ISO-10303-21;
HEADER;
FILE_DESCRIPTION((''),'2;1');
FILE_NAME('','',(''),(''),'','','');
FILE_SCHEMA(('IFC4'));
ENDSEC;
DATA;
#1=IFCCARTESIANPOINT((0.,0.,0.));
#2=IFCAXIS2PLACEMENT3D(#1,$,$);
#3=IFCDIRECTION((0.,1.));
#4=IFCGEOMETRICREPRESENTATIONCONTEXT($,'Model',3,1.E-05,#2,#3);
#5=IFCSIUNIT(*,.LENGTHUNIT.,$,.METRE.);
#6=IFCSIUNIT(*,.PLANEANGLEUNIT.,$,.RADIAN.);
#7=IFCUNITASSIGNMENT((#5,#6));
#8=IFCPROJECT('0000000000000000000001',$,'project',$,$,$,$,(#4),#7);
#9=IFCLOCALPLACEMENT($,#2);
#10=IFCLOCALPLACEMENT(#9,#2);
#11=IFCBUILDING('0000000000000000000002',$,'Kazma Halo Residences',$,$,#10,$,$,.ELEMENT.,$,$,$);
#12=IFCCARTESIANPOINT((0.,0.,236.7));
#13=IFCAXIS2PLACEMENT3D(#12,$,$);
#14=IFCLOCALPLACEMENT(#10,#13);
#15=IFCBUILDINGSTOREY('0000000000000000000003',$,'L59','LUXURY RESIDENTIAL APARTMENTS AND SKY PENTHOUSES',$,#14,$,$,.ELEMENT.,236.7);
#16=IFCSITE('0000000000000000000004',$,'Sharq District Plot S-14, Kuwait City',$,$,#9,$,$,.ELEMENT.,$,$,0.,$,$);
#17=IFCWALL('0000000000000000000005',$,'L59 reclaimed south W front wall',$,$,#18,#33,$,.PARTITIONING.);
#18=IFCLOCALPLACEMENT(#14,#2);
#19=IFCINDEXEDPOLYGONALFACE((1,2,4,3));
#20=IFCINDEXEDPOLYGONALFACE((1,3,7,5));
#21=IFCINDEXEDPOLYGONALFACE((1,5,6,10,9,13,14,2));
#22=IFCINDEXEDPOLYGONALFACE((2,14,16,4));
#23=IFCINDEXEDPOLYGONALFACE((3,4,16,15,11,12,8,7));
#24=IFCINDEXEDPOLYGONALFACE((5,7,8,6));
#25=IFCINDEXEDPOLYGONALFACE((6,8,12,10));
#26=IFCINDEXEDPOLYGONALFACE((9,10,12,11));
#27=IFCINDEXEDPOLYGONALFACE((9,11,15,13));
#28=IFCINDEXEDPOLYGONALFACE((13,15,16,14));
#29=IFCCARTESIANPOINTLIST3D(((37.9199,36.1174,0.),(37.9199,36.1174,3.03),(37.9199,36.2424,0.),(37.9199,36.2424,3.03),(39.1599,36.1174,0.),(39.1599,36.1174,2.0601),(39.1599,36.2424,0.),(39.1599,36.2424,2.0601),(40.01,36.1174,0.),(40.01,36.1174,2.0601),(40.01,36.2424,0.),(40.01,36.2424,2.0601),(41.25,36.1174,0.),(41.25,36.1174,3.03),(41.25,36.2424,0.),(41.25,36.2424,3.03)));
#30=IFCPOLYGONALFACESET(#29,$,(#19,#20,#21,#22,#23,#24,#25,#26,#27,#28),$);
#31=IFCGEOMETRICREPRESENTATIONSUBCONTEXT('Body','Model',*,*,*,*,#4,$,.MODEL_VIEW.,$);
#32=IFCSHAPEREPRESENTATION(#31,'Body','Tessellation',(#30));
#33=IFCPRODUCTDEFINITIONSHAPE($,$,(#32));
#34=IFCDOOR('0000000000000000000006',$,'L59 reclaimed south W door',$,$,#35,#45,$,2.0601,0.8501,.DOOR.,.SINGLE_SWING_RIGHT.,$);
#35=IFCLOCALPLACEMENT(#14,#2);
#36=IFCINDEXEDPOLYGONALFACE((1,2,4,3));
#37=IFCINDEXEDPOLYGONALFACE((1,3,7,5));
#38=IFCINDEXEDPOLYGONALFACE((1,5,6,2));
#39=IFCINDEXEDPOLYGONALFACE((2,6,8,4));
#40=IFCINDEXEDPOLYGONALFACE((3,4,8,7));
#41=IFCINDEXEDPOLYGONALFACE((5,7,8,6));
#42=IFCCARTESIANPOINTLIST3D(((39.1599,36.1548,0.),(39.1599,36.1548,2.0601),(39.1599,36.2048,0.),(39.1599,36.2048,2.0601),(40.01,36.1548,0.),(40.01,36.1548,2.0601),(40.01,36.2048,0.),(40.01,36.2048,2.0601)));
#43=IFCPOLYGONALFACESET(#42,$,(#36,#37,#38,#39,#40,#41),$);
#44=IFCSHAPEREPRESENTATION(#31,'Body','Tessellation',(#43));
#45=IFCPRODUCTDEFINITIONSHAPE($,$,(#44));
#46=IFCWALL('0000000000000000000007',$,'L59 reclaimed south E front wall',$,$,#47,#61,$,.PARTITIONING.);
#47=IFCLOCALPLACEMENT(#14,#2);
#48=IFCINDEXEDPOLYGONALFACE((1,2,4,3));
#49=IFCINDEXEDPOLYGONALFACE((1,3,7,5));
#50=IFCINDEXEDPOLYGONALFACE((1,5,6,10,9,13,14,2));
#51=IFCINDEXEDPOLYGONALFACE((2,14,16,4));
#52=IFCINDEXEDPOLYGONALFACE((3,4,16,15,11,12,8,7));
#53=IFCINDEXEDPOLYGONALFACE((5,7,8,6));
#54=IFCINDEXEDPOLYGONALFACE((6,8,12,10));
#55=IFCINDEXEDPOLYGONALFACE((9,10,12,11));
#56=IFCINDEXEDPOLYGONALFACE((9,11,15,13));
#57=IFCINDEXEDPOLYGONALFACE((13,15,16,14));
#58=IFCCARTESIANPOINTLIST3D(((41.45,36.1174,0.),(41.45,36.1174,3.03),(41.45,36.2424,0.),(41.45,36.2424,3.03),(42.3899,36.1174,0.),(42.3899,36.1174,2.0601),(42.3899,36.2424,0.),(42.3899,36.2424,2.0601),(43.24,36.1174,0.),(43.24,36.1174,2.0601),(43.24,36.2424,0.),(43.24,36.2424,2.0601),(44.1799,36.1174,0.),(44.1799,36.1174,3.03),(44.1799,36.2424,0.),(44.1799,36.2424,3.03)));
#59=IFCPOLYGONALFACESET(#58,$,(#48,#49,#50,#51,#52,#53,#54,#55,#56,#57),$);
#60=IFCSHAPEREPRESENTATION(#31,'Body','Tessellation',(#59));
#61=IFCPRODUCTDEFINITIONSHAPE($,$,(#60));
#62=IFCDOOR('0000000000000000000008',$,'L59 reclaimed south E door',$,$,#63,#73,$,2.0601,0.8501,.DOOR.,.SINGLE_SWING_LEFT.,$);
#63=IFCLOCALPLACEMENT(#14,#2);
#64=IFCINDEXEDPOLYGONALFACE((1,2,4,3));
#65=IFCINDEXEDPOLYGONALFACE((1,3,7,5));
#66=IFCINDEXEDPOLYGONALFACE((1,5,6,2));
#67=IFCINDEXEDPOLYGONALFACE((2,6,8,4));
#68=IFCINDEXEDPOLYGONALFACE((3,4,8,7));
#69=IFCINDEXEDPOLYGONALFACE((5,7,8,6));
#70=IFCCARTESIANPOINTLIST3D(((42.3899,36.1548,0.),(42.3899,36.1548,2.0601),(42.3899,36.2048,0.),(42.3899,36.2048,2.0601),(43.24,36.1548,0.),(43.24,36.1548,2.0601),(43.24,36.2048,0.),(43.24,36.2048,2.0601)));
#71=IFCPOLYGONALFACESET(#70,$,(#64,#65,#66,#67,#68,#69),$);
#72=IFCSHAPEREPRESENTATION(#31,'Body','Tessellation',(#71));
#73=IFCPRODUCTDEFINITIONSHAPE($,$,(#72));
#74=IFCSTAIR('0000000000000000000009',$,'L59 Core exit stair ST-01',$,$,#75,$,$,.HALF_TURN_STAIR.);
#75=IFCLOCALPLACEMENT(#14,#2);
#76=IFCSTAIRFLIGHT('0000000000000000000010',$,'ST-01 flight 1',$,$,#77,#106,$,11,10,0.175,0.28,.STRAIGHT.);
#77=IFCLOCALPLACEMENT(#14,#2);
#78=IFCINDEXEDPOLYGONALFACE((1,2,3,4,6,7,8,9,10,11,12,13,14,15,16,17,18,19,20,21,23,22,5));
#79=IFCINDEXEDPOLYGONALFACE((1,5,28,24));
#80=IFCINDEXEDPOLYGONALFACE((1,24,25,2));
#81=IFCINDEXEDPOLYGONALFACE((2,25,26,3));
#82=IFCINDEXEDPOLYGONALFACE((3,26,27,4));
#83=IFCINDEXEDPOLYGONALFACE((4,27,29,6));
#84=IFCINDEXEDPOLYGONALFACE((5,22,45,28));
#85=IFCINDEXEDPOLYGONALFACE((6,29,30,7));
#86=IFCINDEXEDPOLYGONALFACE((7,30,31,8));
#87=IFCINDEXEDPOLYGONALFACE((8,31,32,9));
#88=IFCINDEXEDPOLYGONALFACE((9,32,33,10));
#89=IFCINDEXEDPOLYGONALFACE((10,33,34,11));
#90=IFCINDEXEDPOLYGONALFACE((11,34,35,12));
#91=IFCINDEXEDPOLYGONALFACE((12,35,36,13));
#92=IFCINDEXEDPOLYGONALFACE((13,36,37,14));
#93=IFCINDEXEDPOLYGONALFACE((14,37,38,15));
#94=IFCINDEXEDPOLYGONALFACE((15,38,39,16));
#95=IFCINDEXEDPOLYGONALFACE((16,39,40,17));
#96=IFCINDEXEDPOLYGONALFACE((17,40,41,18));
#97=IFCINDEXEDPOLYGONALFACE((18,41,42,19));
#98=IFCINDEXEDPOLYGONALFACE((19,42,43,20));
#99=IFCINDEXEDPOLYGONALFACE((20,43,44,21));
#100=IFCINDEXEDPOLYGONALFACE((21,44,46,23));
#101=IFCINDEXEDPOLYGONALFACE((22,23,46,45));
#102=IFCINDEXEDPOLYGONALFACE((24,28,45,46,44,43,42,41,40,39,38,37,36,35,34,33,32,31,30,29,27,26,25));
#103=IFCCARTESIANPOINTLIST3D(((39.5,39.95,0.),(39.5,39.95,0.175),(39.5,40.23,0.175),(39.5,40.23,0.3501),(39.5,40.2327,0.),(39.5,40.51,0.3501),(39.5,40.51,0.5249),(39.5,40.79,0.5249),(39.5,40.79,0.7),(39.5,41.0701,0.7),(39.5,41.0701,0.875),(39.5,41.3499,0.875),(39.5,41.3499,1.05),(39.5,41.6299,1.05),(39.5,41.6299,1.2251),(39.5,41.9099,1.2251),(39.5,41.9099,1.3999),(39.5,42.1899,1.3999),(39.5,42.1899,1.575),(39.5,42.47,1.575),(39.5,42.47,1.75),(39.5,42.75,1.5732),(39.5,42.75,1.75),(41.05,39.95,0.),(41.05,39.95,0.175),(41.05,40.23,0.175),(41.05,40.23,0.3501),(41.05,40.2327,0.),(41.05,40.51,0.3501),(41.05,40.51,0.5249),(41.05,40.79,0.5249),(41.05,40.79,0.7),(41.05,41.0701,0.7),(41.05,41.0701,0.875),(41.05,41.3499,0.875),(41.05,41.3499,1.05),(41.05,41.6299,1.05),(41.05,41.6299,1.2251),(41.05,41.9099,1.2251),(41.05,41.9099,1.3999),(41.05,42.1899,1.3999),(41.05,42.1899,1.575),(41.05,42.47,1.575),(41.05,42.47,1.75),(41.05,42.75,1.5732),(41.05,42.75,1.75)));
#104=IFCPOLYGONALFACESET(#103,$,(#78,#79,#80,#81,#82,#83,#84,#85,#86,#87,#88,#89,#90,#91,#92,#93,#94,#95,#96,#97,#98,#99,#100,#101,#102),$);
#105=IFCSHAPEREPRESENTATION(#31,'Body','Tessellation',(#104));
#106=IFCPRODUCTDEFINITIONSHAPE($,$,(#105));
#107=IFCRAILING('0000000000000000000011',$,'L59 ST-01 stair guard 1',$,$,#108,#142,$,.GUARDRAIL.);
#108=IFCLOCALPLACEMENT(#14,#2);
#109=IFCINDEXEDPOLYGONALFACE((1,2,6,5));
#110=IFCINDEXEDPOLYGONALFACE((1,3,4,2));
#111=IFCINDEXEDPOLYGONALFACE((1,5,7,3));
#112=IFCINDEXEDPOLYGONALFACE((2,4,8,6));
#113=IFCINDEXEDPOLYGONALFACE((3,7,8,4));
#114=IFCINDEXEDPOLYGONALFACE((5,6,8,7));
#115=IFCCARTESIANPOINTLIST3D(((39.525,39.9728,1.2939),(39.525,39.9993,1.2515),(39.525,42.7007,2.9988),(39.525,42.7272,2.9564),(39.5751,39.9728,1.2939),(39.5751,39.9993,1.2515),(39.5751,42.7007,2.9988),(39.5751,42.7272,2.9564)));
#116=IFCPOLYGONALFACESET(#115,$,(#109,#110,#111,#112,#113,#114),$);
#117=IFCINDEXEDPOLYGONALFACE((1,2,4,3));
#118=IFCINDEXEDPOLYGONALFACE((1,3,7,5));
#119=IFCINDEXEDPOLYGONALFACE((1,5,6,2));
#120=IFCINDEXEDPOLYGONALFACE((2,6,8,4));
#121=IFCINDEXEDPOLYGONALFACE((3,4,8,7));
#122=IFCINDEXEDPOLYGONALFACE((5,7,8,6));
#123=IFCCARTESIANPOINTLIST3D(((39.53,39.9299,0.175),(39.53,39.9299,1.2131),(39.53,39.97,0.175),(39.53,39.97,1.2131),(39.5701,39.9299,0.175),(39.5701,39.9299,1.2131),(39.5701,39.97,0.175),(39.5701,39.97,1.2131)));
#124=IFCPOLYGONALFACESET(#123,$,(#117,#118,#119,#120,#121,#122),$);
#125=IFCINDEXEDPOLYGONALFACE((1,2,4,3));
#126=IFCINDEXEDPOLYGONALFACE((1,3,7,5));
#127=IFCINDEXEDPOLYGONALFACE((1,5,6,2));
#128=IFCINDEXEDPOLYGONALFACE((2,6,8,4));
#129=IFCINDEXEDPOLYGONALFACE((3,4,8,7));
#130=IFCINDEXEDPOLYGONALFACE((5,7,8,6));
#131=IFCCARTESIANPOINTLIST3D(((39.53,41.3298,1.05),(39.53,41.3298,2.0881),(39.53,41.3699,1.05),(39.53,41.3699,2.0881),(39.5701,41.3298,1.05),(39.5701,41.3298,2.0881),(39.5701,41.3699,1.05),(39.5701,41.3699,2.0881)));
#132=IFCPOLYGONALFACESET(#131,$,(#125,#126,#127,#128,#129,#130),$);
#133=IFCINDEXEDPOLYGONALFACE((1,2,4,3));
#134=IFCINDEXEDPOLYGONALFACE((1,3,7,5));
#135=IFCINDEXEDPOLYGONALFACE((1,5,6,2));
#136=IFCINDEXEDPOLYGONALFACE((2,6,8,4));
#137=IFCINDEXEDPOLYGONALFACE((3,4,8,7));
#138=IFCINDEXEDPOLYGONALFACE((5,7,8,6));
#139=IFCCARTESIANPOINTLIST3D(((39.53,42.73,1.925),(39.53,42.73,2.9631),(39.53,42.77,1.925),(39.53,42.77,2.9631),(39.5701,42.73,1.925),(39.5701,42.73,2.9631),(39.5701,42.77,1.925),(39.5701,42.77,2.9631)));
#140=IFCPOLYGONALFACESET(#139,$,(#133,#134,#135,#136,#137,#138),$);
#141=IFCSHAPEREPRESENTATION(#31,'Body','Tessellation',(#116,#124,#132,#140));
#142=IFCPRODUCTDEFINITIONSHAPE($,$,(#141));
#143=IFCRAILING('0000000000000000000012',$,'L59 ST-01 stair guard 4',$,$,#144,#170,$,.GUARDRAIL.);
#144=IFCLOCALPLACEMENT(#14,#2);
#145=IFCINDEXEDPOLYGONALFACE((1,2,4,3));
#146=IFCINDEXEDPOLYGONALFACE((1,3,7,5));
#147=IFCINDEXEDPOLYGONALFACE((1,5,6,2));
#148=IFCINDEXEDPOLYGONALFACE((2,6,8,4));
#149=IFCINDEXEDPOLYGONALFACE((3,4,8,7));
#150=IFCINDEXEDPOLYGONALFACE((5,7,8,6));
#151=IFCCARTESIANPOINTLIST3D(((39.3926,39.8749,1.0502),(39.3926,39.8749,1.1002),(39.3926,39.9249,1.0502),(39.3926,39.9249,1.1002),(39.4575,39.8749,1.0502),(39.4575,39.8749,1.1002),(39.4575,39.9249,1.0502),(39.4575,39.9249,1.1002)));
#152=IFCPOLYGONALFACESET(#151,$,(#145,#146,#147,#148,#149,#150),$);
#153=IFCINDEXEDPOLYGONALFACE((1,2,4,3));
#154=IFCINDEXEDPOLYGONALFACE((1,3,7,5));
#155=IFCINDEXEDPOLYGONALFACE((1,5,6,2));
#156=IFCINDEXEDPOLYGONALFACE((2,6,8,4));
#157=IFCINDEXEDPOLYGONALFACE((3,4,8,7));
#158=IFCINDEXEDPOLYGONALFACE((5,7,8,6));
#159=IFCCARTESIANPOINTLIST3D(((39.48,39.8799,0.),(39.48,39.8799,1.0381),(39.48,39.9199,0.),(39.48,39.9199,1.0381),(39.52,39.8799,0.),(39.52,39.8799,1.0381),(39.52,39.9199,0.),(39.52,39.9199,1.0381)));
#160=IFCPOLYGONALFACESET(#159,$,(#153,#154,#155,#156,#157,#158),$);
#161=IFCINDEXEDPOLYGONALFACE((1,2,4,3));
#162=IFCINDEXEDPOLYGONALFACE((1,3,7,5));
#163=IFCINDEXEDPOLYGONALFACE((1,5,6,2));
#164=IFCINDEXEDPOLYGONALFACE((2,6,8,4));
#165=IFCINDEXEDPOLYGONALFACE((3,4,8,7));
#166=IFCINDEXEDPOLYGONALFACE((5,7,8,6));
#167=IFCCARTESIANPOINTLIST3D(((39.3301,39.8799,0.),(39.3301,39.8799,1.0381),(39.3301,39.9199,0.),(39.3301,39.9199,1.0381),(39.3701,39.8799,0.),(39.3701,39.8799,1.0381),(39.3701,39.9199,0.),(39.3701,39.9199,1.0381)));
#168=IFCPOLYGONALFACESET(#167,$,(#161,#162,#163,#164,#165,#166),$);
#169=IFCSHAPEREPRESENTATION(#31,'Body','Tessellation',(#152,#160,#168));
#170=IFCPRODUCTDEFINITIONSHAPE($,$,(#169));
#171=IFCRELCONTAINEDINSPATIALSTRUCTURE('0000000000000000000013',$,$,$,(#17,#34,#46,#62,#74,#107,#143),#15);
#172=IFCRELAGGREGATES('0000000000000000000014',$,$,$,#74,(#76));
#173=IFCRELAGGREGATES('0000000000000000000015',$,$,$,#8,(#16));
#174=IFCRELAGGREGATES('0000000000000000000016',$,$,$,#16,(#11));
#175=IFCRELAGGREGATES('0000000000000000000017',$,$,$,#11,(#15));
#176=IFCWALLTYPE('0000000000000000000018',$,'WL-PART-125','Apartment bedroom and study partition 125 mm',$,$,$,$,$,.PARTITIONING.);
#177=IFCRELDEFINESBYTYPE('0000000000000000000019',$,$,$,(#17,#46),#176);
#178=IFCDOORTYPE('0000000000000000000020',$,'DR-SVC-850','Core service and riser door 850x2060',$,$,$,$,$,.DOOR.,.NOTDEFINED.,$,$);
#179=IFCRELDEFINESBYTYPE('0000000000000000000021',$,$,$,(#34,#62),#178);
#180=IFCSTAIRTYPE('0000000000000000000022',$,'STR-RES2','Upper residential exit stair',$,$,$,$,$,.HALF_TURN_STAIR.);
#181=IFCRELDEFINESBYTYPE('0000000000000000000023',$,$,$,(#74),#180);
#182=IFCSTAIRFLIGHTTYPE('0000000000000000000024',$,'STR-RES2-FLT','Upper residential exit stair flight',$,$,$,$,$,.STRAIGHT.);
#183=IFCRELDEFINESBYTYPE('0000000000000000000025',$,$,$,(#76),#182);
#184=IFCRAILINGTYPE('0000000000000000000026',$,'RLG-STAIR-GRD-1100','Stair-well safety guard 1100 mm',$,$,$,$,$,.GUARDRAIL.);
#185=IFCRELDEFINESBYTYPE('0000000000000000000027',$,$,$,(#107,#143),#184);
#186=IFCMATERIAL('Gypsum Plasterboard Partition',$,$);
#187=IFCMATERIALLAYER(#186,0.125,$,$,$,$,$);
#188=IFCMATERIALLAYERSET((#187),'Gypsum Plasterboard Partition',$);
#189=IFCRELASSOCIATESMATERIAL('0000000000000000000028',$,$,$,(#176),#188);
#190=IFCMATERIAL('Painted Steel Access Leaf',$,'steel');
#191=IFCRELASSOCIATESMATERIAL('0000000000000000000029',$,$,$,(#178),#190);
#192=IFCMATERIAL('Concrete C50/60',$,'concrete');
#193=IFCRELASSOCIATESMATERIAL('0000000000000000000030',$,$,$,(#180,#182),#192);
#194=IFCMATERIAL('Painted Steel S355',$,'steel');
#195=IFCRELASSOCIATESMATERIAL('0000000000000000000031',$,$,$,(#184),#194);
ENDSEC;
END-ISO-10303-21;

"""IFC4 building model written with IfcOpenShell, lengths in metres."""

from ifc_helpers import new_model, si_unit, direction, frame, frame_2d, origin, origin_2d, place, context, subcontext, project, spatial, polyline, rectangle, outline, extrude, material, layer, layer_set, type_object, element, fill, aggregate, save


model = new_model("IFC4")

# Units and contexts
model_context = context("Model", 3, precision=1e-05, world=origin(), true_north=direction((0.0, 1.0)))
body_context = subcontext(model_context, "Body", "Model", "MODEL_VIEW")
ifc_project = project(units=[si_unit("LENGTHUNIT", "METRE"), si_unit("PLANEANGLEUNIT", "RADIAN")], contexts=[model_context])

# Site, building, storey
site_placement = place(None, origin())
site = spatial("IfcSite", under=ifc_project, at=site_placement, Name="Sharq District Plot S-14, Kuwait City", CompositionType="ELEMENT", RefElevation=0.0)
building_placement = place(site_placement, origin())
building = spatial("IfcBuilding", under=site, at=building_placement, Name="Kazma Halo Residences", CompositionType="ELEMENT")
storey_placement = place(building_placement, frame((0.0, 0.0, 236.7)))
storey = spatial("IfcBuildingStorey", under=building, at=storey_placement, Name="L59", Description="LUXURY RESIDENTIAL APARTMENTS AND SKY PENTHOUSES", CompositionType="ELEMENT", Elevation=236.7)

# Shared definitions
ifc_material_1 = material(Name="Gypsum Plasterboard Partition")
ifc_layer_1 = layer(ifc_material_1, 0.125)
ifc_layer_set_1 = layer_set([ifc_layer_1], Name="Gypsum Plasterboard Partition")
wall_type_1 = type_object("IfcWallType", Name="WL-PART-125", Description="Apartment bedroom and study partition 125 mm", PredefinedType="PARTITIONING", material=ifc_layer_set_1)

# Walls, openings, doors
wall_1_placement = place(storey_placement, frame((37.9199, 36.1799, 0.0), z_axis=(0.0, 0.0, 1.0), x_axis=(1.0, 0.0, 0.0)))
wall_1 = element("IfcWall", 1, at=wall_1_placement, inside=storey, type_object=wall_type_1, Name="L59 reclaimed south W front wall", PredefinedType="PARTITIONING", context=body_context, shape_type="SweptSolid", body=[
    extrude(rectangle(XDim=3.3301, YDim=0.125, at=frame_2d((1.665, 0.0))), origin(), (0.0, 0.0, 1.0), 3.03),
])
opening_1_placement = place(wall_1_placement, frame((1.24, 0.0, 0.0)))
opening_1 = element("IfcOpeningElement", 2, at=opening_1_placement, cuts=wall_1, PredefinedType="OPENING", context=body_context, shape_type="SweptSolid", body=[
    extrude(rectangle(XDim=0.8501, YDim=2.0601, at=frame_2d((0.425, 1.03))), frame((0.0, 0.0725, 0.0), z_axis=(0.0, -1.0, 0.0), x_axis=(1.0, 0.0, 0.0)), (0.0, 0.0, 1.0), 0.145),
])
ifc_material_2 = material(Name="Painted Steel Access Leaf", Category="steel")
door_type_1 = type_object("IfcDoorType", Name="DR-SVC-850", Description="Core service and riser door 850x2060", OperationType="NOTDEFINED", PredefinedType="DOOR", material=ifc_material_2)
door_1_placement = place(opening_1_placement, origin())
door_1 = element("IfcDoor", 3, at=door_1_placement, inside=storey, type_object=door_type_1, Name="L59 reclaimed south W door", OperationType="SINGLE_SWING_RIGHT", OverallHeight=2.0601, OverallWidth=0.8501, PredefinedType="DOOR", context=body_context, shape_type="SweptSolid", body=[
    extrude(rectangle(XDim=0.8501, YDim=2.0601, at=frame_2d((0.425, 1.03))), frame((0.0, 0.0249, 0.0), z_axis=(0.0, -1.0, 0.0), x_axis=(1.0, 0.0, 0.0)), (0.0, 0.0, 1.0), 0.05),
])
fill(opening_1, door_1)
wall_2_placement = place(storey_placement, frame((41.45, 36.1799, 0.0), z_axis=(0.0, 0.0, 1.0), x_axis=(1.0, 0.0, 0.0)))
wall_2 = element("IfcWall", 4, at=wall_2_placement, inside=storey, type_object=wall_type_1, Name="L59 reclaimed south E front wall", PredefinedType="PARTITIONING", context=body_context, shape_type="SweptSolid", body=[
    extrude(rectangle(XDim=2.73, YDim=0.125, at=frame_2d((1.365, 0.0))), origin(), (0.0, 0.0, 1.0), 3.03),
])
opening_2_placement = place(wall_2_placement, frame((0.9399, 0.0, 0.0)))
opening_2 = element("IfcOpeningElement", 5, at=opening_2_placement, cuts=wall_2, PredefinedType="OPENING", context=body_context, shape_type="SweptSolid", body=[
    extrude(rectangle(XDim=0.8501, YDim=2.0601, at=frame_2d((0.425, 1.03))), frame((0.0, 0.0725, 0.0), z_axis=(0.0, -1.0, 0.0), x_axis=(1.0, 0.0, 0.0)), (0.0, 0.0, 1.0), 0.145),
])
door_2_placement = place(opening_2_placement, origin())
door_2 = element("IfcDoor", 6, at=door_2_placement, inside=storey, type_object=door_type_1, Name="L59 reclaimed south E door", OperationType="SINGLE_SWING_LEFT", OverallHeight=2.0601, OverallWidth=0.8501, PredefinedType="DOOR", context=body_context, shape_type="SweptSolid", body=[
    extrude(rectangle(XDim=0.8501, YDim=2.0601, at=frame_2d((0.425, 1.03))), frame((0.0, 0.0249, 0.0), z_axis=(0.0, -1.0, 0.0), x_axis=(1.0, 0.0, 0.0)), (0.0, 0.0, 1.0), 0.05),
])
fill(opening_2, door_2)
ifc_material_3 = material(Name="Concrete C50/60", Category="concrete")

# Stair, stair flight
stair_type = type_object("IfcStairType", Name="STR-RES2", Description="Upper residential exit stair", PredefinedType="HALF_TURN_STAIR", material=ifc_material_3)
stair_placement = place(storey_placement, origin())
stair = element("IfcStair", 7, at=stair_placement, inside=storey, type_object=stair_type, Name="L59 Core exit stair ST-01", PredefinedType="HALF_TURN_STAIR")
stair_flight_type = type_object("IfcStairFlightType", Name="STR-RES2-FLT", Description="Upper residential exit stair flight", PredefinedType="STRAIGHT", material=ifc_material_3)
stair_flight_placement = place(storey_placement, frame((40.2749, 39.95, 0.0), z_axis=(0.0, 0.0, 1.0), x_axis=(0.0, 1.0, 0.0)))
stair_flight = element("IfcStairFlight", 8, at=stair_flight_placement, type_object=stair_flight_type, Name="ST-01 flight 1", NumberOfRisers=11, NumberOfTreads=10, PredefinedType="STRAIGHT", RiserHeight=0.175, TreadLength=0.28, context=body_context, shape_type="SweptSolid", body=[
    extrude(outline(polyline([(0.0, 0.0), (0.0, 0.175), (0.28, 0.175), (0.28, 0.3501), (0.5601, 0.3501), (0.5601, 0.5249), (0.8401, 0.5249), (0.8401, 0.7), (1.1201, 0.7), (1.1201, 0.875), (1.3999, 0.875), (1.3999, 1.05), (1.6799, 1.05), (1.6799, 1.2251), (1.96, 1.2251), (1.96, 1.3999), (2.24, 1.3999), (2.24, 1.575), (2.52, 1.575), (2.52, 1.75), (2.8, 1.75), (2.8, 1.925), (2.8, 1.5732), (0.2827, 0.0), (0.0, 0.0)])), frame((0.0, 0.7749, 0.0), z_axis=(0.0, -1.0, 0.0), x_axis=(1.0, 0.0, 0.0)), (0.0, 0.0, 1.0), 1.55),
])
aggregate(stair, [stair_flight])

# Railings
ifc_material_4 = material(Name="Painted Steel S355", Category="steel")
railing_type_1 = type_object("IfcRailingType", Name="RLG-STAIR-GRD-1100", Description="Stair-well safety guard 1100 mm", PredefinedType="GUARDRAIL", material=ifc_material_4)
railing_1_placement = place(storey_placement, frame((39.55, 39.95, 0.175)))
element("IfcRailing", 9, at=railing_1_placement, inside=storey, type_object=railing_type_1, Name="L59 ST-01 stair guard 1", PredefinedType="GUARDRAIL", context=body_context, shape_type="SweptSolid", body=[
    extrude(rectangle(XDim=0.05, YDim=0.05, at=origin_2d()), frame((0.0, 0.0361, 1.0977), z_axis=(0.0, 0.848002, 0.529992), x_axis=(-1.0, 0.0, 0.0)), (0.0, 0.0, 1.0), 3.2168),
    extrude(rectangle(XDim=0.04, YDim=0.04, at=origin_2d()), origin(), (0.0, 0.0, 1.0), 1.0381),
    extrude(rectangle(XDim=0.04, YDim=0.04, at=origin_2d()), frame((0.0, 1.3999, 0.875)), (0.0, 0.0, 1.0), 1.0381),
    extrude(rectangle(XDim=0.04, YDim=0.04, at=origin_2d()), frame((0.0, 2.8, 1.75)), (0.0, 0.0, 1.0), 1.0381),
])
railing_2_placement = place(storey_placement, frame((39.5, 39.8999, 0.0)))
element("IfcRailing", 10, at=railing_2_placement, inside=storey, type_object=railing_type_1, Name="L59 ST-01 stair guard 4", PredefinedType="GUARDRAIL", context=body_context, shape_type="SweptSolid", body=[
    extrude(rectangle(XDim=0.05, YDim=0.05, at=origin_2d()), frame((-0.0425, 0.0, 1.0752), z_axis=(-1.0, 0.0, 0.0), x_axis=(0.0, -1.0, 0.0)), (0.0, 0.0, 1.0), 0.0649),
    extrude(rectangle(XDim=0.04, YDim=0.04, at=origin_2d()), origin(), (0.0, 0.0, 1.0), 1.0381),
    extrude(rectangle(XDim=0.04, YDim=0.04, at=origin_2d()), frame((-0.1499, 0.0, 0.0)), (0.0, 0.0, 1.0), 1.0381),
])

save(model, "model.ifc")
